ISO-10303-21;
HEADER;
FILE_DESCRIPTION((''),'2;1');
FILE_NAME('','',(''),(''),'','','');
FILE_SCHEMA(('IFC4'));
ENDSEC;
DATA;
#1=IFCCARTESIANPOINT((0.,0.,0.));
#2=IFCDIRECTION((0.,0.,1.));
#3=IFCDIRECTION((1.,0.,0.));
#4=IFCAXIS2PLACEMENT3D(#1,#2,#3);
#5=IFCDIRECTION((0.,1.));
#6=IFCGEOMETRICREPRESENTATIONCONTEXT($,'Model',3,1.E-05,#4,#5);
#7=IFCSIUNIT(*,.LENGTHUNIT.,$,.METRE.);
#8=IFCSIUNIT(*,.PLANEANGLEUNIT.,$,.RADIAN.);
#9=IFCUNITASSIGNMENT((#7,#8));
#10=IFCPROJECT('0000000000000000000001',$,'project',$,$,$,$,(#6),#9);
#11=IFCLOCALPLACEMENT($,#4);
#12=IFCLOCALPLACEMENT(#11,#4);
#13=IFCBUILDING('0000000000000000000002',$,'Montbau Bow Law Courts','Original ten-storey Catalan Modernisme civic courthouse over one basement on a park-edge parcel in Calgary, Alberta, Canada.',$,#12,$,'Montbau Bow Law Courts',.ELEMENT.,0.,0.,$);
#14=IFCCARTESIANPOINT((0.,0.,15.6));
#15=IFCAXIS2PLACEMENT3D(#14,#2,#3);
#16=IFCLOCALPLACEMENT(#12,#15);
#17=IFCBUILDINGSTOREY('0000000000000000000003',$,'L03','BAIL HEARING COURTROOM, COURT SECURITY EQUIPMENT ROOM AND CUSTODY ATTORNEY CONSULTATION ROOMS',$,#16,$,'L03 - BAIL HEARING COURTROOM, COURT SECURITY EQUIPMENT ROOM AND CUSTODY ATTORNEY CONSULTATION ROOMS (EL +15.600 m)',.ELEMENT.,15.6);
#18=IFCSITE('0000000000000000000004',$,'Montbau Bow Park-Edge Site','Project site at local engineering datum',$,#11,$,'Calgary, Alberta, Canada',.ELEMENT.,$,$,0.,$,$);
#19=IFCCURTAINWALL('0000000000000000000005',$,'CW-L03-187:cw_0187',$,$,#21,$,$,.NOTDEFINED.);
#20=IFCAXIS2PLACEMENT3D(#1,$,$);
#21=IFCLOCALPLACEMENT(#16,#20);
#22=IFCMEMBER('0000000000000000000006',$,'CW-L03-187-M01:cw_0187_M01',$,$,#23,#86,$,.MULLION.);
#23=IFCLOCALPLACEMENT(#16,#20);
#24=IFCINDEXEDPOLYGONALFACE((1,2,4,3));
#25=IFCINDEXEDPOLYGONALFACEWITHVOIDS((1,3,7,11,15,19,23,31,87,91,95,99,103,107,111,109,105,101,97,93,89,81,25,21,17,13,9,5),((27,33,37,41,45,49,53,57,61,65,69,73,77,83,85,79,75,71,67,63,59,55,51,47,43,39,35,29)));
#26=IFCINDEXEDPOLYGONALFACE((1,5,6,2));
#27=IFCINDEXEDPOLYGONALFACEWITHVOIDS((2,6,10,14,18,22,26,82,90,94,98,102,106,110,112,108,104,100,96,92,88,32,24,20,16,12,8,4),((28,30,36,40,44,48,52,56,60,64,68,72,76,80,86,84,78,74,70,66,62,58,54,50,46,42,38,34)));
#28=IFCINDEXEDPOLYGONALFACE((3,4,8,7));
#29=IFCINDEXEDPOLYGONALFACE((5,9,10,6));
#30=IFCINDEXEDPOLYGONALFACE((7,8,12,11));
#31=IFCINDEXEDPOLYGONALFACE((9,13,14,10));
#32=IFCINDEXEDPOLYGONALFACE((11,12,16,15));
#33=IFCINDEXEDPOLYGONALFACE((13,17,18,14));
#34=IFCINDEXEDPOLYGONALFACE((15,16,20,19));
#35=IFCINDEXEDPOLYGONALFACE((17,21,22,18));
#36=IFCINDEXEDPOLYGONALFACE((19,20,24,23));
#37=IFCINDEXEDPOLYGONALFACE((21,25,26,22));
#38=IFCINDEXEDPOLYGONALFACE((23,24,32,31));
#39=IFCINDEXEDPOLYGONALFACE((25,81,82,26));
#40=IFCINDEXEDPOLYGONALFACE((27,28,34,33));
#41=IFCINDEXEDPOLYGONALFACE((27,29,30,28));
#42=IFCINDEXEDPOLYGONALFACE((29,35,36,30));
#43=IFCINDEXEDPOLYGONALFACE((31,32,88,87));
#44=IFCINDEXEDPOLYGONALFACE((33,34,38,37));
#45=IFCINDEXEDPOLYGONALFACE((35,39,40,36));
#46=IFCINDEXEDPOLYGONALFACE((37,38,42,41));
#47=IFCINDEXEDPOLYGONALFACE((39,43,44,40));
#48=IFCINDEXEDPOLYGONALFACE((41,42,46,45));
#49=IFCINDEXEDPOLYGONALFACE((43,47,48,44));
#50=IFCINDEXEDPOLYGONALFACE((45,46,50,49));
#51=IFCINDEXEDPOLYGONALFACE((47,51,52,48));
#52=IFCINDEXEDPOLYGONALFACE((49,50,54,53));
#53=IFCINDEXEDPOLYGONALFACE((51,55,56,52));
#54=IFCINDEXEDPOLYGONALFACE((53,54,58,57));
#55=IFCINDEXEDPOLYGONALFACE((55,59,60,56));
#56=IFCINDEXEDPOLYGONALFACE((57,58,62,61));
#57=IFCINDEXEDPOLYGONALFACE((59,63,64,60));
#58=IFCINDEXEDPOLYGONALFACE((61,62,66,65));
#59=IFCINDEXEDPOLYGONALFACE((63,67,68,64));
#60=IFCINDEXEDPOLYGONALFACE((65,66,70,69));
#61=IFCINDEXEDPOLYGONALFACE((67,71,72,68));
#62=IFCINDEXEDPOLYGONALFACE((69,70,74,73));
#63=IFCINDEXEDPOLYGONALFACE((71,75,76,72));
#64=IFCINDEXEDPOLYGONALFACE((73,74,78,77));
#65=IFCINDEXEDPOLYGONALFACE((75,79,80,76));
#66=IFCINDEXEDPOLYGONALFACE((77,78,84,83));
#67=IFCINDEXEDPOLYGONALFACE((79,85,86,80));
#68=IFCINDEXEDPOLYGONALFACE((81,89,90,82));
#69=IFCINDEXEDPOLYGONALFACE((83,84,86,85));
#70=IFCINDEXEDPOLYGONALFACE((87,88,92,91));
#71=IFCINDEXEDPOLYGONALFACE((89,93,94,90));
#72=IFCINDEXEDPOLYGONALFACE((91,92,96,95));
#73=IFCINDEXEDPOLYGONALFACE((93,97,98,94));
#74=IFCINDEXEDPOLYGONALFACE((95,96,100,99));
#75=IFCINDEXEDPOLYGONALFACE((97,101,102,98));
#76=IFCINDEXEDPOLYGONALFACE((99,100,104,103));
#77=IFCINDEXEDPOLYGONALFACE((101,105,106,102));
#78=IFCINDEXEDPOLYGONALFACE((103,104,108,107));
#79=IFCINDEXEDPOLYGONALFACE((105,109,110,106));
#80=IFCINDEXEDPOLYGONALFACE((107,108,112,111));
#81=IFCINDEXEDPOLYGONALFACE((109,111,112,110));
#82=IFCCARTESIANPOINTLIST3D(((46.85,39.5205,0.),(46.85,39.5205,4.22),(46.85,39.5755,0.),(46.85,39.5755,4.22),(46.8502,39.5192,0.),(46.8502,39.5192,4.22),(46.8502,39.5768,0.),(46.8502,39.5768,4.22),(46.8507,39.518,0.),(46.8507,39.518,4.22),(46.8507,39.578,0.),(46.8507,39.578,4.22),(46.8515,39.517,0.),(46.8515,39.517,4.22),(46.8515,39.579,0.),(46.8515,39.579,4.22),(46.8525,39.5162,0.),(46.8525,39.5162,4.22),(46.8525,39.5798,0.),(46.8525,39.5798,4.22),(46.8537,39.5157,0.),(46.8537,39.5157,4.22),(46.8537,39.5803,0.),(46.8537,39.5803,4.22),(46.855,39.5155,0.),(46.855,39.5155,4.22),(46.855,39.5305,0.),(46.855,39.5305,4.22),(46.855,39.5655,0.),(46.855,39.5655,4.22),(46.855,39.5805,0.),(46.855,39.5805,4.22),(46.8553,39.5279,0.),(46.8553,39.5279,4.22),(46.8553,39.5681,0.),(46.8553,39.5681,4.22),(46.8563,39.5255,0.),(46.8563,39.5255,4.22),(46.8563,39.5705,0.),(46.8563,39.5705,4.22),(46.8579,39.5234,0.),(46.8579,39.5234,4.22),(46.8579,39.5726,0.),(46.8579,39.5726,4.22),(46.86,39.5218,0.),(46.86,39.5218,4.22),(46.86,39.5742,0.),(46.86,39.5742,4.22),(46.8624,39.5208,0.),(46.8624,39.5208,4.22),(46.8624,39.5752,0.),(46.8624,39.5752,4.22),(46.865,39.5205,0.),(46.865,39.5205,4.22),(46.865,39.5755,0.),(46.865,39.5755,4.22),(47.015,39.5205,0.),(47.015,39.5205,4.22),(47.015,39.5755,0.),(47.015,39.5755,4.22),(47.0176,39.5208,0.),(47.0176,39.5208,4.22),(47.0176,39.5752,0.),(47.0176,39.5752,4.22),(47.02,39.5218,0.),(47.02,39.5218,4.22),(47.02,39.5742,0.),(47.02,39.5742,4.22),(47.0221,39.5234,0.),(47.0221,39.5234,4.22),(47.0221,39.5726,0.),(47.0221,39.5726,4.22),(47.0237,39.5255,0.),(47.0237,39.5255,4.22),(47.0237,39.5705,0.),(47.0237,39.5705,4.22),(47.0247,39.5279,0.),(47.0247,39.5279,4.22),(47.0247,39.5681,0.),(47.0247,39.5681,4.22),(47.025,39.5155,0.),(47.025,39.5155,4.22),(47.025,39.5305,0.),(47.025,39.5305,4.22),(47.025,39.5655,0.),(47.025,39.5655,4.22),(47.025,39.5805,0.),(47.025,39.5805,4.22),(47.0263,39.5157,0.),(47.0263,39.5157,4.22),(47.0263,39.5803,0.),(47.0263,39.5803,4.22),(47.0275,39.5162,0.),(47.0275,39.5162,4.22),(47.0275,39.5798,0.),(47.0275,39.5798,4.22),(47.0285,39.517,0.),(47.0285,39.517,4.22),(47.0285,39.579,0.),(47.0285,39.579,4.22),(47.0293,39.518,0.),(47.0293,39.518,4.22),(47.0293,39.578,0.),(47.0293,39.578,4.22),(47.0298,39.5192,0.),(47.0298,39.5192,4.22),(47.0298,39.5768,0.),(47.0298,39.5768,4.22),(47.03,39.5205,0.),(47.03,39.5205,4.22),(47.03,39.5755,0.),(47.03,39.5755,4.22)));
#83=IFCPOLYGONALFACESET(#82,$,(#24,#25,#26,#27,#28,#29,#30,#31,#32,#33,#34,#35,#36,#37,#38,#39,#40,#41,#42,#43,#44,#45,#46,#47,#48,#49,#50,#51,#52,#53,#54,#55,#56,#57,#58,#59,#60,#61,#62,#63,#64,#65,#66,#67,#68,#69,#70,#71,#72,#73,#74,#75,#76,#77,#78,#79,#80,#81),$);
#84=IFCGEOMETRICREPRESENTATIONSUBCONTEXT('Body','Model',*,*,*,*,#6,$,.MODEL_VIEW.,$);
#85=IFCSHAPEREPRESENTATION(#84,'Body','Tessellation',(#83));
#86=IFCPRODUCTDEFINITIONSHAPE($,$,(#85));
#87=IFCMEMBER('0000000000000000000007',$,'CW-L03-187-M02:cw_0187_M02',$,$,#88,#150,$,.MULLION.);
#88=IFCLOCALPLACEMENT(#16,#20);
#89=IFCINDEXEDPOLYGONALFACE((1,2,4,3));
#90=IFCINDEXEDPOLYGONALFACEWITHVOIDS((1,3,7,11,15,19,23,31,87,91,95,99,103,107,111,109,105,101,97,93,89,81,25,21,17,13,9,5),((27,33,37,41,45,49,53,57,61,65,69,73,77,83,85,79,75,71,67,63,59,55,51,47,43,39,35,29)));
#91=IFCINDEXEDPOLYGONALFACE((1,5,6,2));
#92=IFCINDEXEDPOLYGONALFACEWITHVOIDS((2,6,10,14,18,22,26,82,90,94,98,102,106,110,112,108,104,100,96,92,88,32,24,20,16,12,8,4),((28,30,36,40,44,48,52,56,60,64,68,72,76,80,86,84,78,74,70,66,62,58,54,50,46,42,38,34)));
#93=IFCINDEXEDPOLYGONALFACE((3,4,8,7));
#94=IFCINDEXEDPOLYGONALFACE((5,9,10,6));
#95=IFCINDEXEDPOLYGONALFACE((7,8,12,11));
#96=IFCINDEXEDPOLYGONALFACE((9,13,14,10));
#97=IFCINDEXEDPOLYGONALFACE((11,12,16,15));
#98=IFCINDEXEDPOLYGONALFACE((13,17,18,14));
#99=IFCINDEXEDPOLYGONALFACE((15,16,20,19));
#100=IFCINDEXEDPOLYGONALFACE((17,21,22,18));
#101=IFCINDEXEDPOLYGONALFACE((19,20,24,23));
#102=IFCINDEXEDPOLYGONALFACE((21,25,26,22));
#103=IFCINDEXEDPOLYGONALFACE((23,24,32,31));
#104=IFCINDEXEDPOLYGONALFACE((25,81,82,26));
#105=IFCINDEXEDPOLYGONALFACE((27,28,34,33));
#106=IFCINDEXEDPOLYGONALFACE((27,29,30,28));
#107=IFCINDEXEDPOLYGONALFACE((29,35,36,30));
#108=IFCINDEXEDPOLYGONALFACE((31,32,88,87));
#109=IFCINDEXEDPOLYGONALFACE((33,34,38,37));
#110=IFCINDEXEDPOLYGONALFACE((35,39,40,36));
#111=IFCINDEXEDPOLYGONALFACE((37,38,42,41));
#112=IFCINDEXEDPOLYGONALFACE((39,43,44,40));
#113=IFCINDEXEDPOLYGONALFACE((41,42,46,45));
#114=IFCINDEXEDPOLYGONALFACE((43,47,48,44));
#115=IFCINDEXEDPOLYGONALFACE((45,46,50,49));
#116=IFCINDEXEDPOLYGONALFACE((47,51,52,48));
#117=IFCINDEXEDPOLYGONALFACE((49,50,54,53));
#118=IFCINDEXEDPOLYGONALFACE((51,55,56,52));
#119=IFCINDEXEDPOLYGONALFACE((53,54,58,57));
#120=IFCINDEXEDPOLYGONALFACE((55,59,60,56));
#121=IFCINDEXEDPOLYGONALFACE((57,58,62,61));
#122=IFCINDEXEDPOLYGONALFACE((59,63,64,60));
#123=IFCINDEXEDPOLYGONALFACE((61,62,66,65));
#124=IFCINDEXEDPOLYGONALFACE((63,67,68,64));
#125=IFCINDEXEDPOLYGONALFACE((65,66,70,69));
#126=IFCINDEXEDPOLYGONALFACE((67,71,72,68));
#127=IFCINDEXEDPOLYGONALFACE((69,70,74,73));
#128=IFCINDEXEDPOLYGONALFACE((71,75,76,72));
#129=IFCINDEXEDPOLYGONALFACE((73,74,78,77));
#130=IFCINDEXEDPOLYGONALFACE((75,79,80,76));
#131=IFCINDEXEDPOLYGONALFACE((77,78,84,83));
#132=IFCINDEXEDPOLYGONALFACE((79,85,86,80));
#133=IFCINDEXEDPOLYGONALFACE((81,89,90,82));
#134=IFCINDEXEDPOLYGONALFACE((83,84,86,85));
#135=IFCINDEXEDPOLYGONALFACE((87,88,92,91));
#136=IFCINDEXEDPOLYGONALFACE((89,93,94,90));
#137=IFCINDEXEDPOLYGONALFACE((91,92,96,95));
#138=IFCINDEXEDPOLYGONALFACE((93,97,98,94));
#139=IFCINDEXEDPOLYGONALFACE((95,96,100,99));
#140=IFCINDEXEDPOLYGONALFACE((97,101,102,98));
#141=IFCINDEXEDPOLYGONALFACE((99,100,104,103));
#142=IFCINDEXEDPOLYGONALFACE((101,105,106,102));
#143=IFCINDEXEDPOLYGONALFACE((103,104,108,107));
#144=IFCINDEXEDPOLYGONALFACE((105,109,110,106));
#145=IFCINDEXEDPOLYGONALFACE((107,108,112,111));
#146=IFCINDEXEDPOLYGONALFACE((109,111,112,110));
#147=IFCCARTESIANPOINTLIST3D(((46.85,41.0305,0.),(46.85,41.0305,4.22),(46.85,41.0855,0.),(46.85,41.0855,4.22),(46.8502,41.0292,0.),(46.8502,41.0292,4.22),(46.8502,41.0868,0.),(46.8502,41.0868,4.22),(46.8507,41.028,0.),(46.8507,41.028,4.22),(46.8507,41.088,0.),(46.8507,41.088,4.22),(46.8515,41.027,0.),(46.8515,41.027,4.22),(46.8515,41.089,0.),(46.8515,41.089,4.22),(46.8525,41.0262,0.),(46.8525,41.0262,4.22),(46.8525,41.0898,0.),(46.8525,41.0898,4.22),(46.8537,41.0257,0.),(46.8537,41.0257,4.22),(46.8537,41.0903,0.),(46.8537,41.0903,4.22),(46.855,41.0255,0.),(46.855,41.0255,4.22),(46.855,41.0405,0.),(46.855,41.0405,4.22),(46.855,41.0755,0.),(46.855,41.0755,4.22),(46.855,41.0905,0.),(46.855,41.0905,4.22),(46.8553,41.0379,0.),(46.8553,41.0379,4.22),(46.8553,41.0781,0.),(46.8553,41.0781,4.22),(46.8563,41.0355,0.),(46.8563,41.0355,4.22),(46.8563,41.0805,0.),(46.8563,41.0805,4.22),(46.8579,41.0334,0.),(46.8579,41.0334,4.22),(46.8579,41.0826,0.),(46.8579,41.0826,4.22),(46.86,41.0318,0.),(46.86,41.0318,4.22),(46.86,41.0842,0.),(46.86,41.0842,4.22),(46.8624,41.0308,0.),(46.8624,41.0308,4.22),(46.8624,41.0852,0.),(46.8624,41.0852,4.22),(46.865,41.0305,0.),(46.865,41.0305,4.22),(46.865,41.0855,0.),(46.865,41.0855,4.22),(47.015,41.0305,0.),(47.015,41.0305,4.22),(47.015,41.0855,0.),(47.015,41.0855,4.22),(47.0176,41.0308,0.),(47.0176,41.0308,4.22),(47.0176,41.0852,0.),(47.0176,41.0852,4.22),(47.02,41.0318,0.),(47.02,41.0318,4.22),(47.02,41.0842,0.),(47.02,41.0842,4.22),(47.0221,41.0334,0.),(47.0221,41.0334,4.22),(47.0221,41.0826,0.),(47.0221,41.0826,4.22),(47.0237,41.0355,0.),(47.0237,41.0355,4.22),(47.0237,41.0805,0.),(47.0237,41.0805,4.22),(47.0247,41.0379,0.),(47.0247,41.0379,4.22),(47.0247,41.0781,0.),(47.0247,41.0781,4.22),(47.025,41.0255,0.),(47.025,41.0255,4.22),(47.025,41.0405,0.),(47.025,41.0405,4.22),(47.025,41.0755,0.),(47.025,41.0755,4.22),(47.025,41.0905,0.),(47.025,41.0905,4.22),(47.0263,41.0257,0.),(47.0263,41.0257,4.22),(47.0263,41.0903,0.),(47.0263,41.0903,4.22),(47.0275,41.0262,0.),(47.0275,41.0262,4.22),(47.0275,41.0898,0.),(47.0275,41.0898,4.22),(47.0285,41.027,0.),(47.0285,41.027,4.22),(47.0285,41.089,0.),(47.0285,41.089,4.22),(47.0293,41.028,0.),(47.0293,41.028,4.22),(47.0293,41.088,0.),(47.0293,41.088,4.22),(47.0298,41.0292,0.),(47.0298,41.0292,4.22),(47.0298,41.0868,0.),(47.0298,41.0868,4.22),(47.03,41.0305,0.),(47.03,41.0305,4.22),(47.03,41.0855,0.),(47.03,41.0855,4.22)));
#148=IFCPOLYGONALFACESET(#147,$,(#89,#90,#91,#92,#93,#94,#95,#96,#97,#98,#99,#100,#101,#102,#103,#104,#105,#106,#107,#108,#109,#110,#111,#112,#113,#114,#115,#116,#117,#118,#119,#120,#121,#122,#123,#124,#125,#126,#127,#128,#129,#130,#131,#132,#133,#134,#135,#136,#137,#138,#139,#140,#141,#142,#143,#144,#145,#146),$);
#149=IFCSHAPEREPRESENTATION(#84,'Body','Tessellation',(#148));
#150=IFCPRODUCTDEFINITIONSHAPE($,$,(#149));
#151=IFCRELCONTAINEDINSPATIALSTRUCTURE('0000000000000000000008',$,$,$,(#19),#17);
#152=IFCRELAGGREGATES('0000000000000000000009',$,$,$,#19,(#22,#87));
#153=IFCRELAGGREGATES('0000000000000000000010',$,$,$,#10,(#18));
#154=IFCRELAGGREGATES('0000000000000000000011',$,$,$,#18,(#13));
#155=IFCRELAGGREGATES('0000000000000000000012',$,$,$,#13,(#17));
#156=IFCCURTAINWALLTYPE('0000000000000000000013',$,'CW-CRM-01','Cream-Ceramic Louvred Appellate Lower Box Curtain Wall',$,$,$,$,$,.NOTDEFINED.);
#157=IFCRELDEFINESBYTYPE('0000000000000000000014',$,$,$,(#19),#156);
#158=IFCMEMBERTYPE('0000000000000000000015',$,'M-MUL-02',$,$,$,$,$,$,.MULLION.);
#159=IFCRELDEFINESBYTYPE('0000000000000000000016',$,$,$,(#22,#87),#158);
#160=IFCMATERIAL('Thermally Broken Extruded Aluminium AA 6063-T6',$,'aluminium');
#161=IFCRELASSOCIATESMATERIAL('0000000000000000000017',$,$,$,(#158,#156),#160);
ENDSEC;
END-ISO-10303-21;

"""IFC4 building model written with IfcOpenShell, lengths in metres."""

from ifc_helpers import new_model, si_unit, direction, frame, origin_with_axes, origin_2d_with_axis, place, context, subcontext, project, spatial, hollow_rectangle, extrude, material, material_profile, profile_set, type_object, element, aggregate, save


model = new_model("IFC4")

# Units and contexts
model_context = context("Model", 3, precision=1e-05, world=origin_with_axes(), true_north=direction((0.0, 1.0)))
body_context = subcontext(model_context, "Body", "Model", "MODEL_VIEW")
ifc_project = project(units=[si_unit("LENGTHUNIT", "METRE"), si_unit("PLANEANGLEUNIT", "RADIAN")], contexts=[model_context])

# Site, building, storey
site_placement = place(None, origin_with_axes())
site = spatial("IfcSite", under=ifc_project, at=site_placement, Name="Montbau Bow Park-Edge Site", Description="Project site at local engineering datum", LongName="Calgary, Alberta, Canada", CompositionType="ELEMENT", RefElevation=0.0)
building_placement = place(site_placement, origin_with_axes())
building = spatial("IfcBuilding", under=site, at=building_placement, Name="Montbau Bow Law Courts", Description="Original ten-storey Catalan Modernisme civic courthouse over one basement on a park-edge parcel in Calgary, Alberta, Canada.", LongName="Montbau Bow Law Courts", CompositionType="ELEMENT", ElevationOfRefHeight=0.0, ElevationOfTerrain=0.0)
storey_placement = place(building_placement, frame((0.0, 0.0, 15.6), z_axis=(0.0, 0.0, 1.0), x_axis=(1.0, 0.0, 0.0)))
storey = spatial("IfcBuildingStorey", under=building, at=storey_placement, Name="L03", Description="BAIL HEARING COURTROOM, COURT SECURITY EQUIPMENT ROOM AND CUSTODY ATTORNEY CONSULTATION ROOMS", LongName="L03 - BAIL HEARING COURTROOM, COURT SECURITY EQUIPMENT ROOM AND CUSTODY ATTORNEY CONSULTATION ROOMS (EL +15.600 m)", CompositionType="ELEMENT", Elevation=15.6)

# Curtain wall, members
ifc_material_1 = material(Name="Thermally Broken Extruded Aluminium AA 6063-T6", Category="aluminium")
ifc_material_profile_1 = material_profile(ifc_material_1, hollow_rectangle(XDim=0.065, YDim=0.18, WallThickness=0.005, InnerFilletRadius=0.01, OuterFilletRadius=0.005, at=origin_2d_with_axis()), Name="CWM-180X65", Category="Main", Priority=0)
ifc_profile_set_1 = profile_set([ifc_material_profile_1], Name="Thermally Broken Extruded Aluminium AA 6063-T6")
member_type_1 = type_object("IfcMemberType", Name="M-MUL-02", PredefinedType="MULLION", material=ifc_profile_set_1)
curtain_wall_type_1 = type_object("IfcCurtainWallType", Name="CW-CRM-01", Description="Cream-Ceramic Louvred Appellate Lower Box Curtain Wall", PredefinedType="NOTDEFINED", material=ifc_material_1)
curtain_wall_1_placement = place(None, frame((46.94, 39.515, 15.6), z_axis=(0.0, 0.0, 1.0), x_axis=(1.0, 0.0, 0.0)))
curtain_wall_1 = element("IfcCurtainWall", 1, at=curtain_wall_1_placement, inside=storey, type_object=curtain_wall_type_1, Name="CW-L03-187:cw_0187", PredefinedType="NOTDEFINED")
member_1_placement = place(None, frame((46.94, 39.548, 15.6), z_axis=(0.0, 0.0, 1.0), x_axis=(0.0, 1.0, 0.0)))
member_1 = element("IfcMember", 2, at=member_1_placement, type_object=member_type_1, Name="CW-L03-187-M01:cw_0187_M01", PredefinedType="MULLION", context=body_context, shape_type="SweptSolid", body=[
    extrude(hollow_rectangle(XDim=0.065, YDim=0.18, WallThickness=0.005, InnerFilletRadius=0.01, OuterFilletRadius=0.005, at=origin_2d_with_axis()), origin_with_axes(), (0.0, 0.0, 1.0), 4.22),
])
member_2_placement = place(None, frame((46.94, 41.058, 15.6), z_axis=(0.0, 0.0, 1.0), x_axis=(0.0, 1.0, 0.0)))
member_2 = element("IfcMember", 3, at=member_2_placement, type_object=member_type_1, Name="CW-L03-187-M02:cw_0187_M02", PredefinedType="MULLION", context=body_context, shape_type="SweptSolid", body=[
    extrude(hollow_rectangle(XDim=0.065, YDim=0.18, WallThickness=0.005, InnerFilletRadius=0.01, OuterFilletRadius=0.005, at=origin_2d_with_axis()), origin_with_axes(), (0.0, 0.0, 1.0), 4.22),
])

aggregate(curtain_wall_1, [member_1, member_2])

save(model, "model.ifc")
